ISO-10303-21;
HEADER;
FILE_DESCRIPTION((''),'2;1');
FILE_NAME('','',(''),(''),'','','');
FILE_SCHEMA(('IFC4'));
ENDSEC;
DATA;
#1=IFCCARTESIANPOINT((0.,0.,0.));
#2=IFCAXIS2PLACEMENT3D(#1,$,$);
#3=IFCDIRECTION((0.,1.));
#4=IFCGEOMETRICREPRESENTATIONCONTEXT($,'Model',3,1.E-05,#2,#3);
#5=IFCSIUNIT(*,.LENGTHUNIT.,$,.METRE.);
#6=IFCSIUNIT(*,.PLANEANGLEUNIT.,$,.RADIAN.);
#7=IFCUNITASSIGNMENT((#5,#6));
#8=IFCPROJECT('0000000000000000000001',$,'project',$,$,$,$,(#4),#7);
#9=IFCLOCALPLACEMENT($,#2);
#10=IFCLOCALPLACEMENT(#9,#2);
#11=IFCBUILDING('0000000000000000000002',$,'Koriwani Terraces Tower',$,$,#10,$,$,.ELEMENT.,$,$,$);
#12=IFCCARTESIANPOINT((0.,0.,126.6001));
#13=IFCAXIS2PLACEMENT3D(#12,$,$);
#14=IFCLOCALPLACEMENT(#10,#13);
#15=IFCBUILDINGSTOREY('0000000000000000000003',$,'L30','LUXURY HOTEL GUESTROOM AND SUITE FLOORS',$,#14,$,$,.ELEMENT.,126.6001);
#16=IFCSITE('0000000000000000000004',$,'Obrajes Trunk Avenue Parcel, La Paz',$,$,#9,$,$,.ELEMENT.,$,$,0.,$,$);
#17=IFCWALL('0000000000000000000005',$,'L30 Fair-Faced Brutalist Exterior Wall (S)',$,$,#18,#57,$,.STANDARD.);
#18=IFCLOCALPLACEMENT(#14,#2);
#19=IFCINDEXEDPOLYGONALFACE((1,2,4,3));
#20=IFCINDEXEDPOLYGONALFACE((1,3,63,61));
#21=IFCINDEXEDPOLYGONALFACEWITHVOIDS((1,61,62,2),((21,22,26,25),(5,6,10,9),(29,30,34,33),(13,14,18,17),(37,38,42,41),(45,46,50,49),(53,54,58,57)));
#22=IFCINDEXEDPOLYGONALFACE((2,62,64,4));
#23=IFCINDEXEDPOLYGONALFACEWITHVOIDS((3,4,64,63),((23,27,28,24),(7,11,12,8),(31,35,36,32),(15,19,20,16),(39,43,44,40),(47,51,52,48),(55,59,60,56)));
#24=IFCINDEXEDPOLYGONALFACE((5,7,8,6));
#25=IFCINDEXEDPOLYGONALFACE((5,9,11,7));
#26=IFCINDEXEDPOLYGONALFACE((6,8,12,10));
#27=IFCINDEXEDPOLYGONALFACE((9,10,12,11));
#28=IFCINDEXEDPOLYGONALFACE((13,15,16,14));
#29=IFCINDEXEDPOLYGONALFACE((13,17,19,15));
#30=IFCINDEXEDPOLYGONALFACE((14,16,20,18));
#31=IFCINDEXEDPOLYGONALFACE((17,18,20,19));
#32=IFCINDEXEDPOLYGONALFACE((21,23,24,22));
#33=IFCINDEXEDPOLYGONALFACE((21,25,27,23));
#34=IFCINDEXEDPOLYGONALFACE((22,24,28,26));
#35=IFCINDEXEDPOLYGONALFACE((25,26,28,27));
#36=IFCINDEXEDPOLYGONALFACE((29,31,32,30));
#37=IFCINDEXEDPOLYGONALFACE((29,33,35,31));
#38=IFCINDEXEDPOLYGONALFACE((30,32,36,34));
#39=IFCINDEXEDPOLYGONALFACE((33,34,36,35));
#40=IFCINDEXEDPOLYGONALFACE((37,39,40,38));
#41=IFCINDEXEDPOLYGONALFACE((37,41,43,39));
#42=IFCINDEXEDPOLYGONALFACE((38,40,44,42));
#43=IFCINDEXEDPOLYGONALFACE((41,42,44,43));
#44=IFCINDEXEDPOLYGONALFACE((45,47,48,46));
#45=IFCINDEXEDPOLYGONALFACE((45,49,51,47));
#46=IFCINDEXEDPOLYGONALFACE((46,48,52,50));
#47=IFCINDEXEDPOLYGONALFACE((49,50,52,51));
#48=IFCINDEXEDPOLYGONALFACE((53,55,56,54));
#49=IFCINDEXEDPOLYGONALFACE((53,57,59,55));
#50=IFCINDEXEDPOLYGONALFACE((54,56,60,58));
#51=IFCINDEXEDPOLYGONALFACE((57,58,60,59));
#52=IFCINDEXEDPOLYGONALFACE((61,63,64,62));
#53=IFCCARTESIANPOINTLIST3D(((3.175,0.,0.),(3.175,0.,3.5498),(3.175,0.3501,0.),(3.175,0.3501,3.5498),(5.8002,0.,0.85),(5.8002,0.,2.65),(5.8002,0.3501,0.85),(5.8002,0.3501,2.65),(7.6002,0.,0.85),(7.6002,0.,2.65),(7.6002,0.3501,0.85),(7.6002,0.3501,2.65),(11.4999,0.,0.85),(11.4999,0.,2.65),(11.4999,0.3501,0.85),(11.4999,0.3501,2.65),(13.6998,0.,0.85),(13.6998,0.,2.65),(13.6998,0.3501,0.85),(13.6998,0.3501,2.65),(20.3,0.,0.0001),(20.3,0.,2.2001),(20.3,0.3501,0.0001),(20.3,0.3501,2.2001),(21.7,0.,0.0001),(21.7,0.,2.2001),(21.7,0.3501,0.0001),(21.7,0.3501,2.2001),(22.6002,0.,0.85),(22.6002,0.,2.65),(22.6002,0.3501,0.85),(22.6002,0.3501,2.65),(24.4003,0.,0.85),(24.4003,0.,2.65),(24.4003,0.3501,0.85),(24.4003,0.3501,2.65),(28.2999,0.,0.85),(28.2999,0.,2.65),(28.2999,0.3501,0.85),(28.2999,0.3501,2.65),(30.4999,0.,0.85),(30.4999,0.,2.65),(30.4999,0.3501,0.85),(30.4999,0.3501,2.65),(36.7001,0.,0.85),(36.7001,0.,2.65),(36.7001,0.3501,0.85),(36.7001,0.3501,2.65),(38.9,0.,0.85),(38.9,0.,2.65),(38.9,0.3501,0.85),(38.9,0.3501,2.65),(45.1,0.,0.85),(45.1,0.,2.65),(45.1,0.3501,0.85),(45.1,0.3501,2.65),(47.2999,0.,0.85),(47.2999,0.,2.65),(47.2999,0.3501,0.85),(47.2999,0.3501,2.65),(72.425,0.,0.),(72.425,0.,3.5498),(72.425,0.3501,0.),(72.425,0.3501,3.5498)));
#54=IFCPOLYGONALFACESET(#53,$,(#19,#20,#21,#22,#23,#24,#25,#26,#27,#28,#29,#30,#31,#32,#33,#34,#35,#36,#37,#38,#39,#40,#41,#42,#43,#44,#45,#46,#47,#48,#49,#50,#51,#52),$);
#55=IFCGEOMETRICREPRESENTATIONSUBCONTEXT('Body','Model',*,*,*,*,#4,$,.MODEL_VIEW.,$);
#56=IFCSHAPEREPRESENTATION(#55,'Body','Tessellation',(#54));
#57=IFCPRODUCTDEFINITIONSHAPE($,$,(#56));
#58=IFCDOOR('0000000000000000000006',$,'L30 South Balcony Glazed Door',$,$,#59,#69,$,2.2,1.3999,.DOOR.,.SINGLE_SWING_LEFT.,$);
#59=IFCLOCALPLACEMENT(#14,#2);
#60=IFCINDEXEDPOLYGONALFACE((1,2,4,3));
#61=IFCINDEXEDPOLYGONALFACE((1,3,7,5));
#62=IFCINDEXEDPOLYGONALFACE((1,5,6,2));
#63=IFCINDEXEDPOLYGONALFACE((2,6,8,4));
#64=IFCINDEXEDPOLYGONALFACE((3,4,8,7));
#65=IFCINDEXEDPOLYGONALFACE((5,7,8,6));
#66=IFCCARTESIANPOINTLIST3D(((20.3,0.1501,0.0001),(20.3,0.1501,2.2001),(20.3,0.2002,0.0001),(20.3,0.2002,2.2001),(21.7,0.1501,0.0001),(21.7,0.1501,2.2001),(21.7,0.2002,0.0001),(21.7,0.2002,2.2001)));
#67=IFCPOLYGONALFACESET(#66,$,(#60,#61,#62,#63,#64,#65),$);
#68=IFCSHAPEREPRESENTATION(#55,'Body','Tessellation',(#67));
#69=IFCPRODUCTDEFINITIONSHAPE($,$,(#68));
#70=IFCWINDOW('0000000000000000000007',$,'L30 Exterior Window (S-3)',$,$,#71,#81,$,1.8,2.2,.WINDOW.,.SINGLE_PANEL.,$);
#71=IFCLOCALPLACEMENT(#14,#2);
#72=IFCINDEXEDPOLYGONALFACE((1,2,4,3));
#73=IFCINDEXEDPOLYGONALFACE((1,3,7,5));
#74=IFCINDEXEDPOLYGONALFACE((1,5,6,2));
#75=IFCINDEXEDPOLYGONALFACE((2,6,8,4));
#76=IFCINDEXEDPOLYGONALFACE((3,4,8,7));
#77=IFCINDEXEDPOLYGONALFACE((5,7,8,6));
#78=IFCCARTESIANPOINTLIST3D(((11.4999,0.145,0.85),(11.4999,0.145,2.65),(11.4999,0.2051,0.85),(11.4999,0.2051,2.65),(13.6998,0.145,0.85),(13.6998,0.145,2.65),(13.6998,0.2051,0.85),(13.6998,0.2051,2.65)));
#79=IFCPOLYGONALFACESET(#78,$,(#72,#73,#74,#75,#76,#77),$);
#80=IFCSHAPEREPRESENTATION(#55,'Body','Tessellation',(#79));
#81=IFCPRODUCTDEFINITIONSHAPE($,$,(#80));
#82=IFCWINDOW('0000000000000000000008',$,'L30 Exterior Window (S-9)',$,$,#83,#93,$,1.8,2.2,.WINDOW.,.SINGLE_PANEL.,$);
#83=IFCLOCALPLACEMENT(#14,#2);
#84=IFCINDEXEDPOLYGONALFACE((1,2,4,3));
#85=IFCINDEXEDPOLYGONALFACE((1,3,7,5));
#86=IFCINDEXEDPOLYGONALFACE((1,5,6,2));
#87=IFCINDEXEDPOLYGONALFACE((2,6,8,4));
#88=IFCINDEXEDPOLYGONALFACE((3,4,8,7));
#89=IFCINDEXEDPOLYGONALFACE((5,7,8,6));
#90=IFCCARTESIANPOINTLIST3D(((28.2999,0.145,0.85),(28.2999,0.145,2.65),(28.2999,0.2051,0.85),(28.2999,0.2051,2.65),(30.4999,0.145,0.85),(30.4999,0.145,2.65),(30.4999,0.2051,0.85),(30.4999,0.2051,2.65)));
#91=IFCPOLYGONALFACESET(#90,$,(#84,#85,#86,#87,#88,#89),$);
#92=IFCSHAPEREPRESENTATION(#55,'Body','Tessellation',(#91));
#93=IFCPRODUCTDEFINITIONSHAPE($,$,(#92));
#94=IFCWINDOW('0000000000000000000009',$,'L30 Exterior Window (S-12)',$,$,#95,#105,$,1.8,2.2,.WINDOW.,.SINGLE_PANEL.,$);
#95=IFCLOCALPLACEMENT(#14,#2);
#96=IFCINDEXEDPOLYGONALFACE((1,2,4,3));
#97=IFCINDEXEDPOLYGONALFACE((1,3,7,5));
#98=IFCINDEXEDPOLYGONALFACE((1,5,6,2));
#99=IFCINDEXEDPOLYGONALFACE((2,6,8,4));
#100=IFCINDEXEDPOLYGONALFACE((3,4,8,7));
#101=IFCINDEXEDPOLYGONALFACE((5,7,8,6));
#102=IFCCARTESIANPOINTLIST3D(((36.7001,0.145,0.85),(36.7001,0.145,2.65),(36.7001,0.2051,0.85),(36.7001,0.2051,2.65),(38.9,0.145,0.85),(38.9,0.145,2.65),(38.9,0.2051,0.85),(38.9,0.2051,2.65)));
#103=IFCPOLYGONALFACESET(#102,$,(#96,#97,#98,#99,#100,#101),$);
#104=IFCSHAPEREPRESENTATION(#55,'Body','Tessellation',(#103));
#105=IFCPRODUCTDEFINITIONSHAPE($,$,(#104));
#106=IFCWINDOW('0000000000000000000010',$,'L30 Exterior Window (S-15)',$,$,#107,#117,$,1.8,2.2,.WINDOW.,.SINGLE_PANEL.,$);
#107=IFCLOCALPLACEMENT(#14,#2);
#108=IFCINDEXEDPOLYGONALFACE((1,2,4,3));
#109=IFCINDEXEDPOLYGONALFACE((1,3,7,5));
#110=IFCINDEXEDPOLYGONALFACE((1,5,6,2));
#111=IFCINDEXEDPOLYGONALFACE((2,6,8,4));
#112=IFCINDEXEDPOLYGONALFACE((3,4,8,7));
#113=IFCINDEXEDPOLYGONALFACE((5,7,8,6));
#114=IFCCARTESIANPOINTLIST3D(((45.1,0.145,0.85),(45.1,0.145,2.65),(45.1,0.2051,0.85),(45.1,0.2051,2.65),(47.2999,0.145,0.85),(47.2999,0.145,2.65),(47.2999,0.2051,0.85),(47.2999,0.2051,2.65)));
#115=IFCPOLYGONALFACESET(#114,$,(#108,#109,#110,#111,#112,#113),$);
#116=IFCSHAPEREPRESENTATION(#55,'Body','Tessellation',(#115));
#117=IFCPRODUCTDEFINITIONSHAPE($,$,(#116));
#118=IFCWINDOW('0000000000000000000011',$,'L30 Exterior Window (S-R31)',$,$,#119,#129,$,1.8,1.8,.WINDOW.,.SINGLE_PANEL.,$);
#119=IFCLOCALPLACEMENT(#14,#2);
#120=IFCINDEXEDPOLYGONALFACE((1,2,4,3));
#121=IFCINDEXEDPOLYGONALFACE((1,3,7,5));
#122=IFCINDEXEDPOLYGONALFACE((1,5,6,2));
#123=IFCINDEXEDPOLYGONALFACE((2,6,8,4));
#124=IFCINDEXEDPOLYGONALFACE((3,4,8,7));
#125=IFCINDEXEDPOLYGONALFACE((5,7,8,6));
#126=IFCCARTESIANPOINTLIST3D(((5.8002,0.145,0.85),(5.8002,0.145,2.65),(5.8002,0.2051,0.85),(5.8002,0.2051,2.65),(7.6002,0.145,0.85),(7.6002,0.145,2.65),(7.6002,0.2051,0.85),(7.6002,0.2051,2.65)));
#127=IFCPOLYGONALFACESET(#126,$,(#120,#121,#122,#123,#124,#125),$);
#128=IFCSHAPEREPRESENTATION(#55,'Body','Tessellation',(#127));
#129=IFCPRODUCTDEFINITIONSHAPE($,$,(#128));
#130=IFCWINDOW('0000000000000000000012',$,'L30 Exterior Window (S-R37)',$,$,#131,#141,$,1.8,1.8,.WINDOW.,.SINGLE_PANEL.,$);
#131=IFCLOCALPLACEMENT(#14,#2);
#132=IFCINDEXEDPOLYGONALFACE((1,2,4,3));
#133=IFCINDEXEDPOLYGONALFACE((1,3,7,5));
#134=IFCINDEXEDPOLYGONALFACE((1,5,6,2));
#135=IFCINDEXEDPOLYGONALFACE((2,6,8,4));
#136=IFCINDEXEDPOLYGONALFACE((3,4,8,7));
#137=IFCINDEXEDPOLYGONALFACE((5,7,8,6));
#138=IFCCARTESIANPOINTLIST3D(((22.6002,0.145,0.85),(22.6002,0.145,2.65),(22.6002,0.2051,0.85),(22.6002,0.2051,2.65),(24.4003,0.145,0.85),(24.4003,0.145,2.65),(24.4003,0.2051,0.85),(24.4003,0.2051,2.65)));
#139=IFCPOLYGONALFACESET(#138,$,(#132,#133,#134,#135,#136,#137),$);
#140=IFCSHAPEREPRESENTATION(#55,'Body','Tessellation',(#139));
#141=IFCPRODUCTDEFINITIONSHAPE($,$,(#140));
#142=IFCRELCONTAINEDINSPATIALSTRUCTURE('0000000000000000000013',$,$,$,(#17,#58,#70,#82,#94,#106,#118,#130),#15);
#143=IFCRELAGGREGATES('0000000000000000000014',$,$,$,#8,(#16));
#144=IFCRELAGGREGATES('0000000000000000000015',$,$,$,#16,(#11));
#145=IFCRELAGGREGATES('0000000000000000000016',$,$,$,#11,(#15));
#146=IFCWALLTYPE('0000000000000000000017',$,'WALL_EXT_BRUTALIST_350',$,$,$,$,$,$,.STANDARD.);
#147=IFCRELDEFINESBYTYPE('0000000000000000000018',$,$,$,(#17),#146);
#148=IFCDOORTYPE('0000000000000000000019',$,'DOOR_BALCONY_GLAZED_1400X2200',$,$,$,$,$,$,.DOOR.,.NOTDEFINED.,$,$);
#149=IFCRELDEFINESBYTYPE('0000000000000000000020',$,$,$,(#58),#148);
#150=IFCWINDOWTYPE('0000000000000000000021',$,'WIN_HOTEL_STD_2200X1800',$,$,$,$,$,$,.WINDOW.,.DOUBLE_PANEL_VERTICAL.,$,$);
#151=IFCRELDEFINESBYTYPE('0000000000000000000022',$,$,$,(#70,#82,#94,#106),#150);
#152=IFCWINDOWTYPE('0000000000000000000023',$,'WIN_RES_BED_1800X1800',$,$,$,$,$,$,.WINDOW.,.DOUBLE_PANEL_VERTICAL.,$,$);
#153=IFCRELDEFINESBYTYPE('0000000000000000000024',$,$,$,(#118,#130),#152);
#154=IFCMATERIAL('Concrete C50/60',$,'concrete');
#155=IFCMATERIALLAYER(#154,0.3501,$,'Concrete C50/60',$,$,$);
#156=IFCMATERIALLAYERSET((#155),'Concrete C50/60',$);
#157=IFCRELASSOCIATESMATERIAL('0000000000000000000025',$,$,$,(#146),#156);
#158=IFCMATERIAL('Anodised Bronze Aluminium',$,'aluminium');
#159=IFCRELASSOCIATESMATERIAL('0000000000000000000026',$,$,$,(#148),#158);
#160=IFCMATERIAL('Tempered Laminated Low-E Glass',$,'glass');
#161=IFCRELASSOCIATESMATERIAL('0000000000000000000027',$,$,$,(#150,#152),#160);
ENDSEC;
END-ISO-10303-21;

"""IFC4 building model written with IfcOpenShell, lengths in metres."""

from ifc_helpers import new_model, si_unit, direction, frame, frame_2d, origin, place, context, subcontext, project, spatial, rectangle, extrude, material, layer, layer_set, type_object, element, fill, save


model = new_model("IFC4")

# Units and contexts
model_context = context("Model", 3, precision=1e-05, world=origin(), true_north=direction((0.0, 1.0)))
body_context = subcontext(model_context, "Body", "Model", "MODEL_VIEW")
ifc_project = project(units=[si_unit("LENGTHUNIT", "METRE"), si_unit("PLANEANGLEUNIT", "RADIAN")], contexts=[model_context])

# Site, building, storey
site_placement = place(None, origin())
site = spatial("IfcSite", under=ifc_project, at=site_placement, Name="Obrajes Trunk Avenue Parcel, La Paz", CompositionType="ELEMENT", RefElevation=0.0)
building_placement = place(site_placement, origin())
building = spatial("IfcBuilding", under=site, at=building_placement, Name="Koriwani Terraces Tower", CompositionType="ELEMENT")
storey_placement = place(building_placement, frame((0.0, 0.0, 126.6001)))
storey = spatial("IfcBuildingStorey", under=building, at=storey_placement, Name="L30", Description="LUXURY HOTEL GUESTROOM AND SUITE FLOORS", CompositionType="ELEMENT", Elevation=126.6001)

# Shared definitions
ifc_material_1 = material(Name="Concrete C50/60", Category="concrete")

# Shared definitions
ifc_layer_1 = layer(ifc_material_1, 0.3501, Name="Concrete C50/60")
ifc_layer_set_1 = layer_set([ifc_layer_1], Name="Concrete C50/60")
wall_type_1 = type_object("IfcWallType", Name="WALL_EXT_BRUTALIST_350", PredefinedType="STANDARD", material=ifc_layer_set_1)

# Wall, openings, door, windows
wall_1_placement = place(storey_placement, frame((72.425, 0.175, 0.0), z_axis=(0.0, 0.0, 1.0), x_axis=(-1.0, 0.0, 0.0)))
wall_1 = element("IfcWall", 1, at=wall_1_placement, inside=storey, type_object=wall_type_1, Name="L30 Fair-Faced Brutalist Exterior Wall (S)", PredefinedType="STANDARD", context=body_context, shape_type="SweptSolid", body=[
    extrude(rectangle(XDim=69.25, YDim=0.3501, at=frame_2d((34.625, 0.0))), origin(), (0.0, 0.0, 1.0), 3.5498),
])
opening_1_placement = place(wall_1_placement, frame((50.7251, 0.0, 0.0)))
opening_1 = element("IfcOpeningElement", 2, at=opening_1_placement, cuts=wall_1, PredefinedType="OPENING", context=body_context, shape_type="SweptSolid", body=[
    extrude(rectangle(XDim=1.3999, YDim=2.2, at=frame_2d((0.7, 1.1001))), frame((0.0, 0.1851, 0.0), z_axis=(0.0, -1.0, 0.0), x_axis=(1.0, 0.0, 0.0)), (0.0, 0.0, 1.0), 0.3701),
])
opening_2_placement = place(wall_1_placement, frame((58.7251, 0.0, 0.8501)))
opening_2 = element("IfcOpeningElement", 3, at=opening_2_placement, cuts=wall_1, PredefinedType="OPENING", context=body_context, shape_type="SweptSolid", body=[
    extrude(rectangle(XDim=2.2, YDim=1.8, at=frame_2d((1.1001, 0.8999))), frame((0.0, 0.1851, 0.0), z_axis=(0.0, -1.0, 0.0), x_axis=(1.0, 0.0, 0.0)), (0.0, 0.0, 1.0), 0.3701),
])
opening_3_placement = place(wall_1_placement, frame((41.925, 0.0, 0.8501)))
opening_3 = element("IfcOpeningElement", 4, at=opening_3_placement, cuts=wall_1, PredefinedType="OPENING", context=body_context, shape_type="SweptSolid", body=[
    extrude(rectangle(XDim=2.2, YDim=1.8, at=frame_2d((1.1001, 0.8999))), frame((0.0, 0.1851, 0.0), z_axis=(0.0, -1.0, 0.0), x_axis=(1.0, 0.0, 0.0)), (0.0, 0.0, 1.0), 0.3701),
])
opening_4_placement = place(wall_1_placement, frame((33.5249, 0.0, 0.8501)))
opening_4 = element("IfcOpeningElement", 5, at=opening_4_placement, cuts=wall_1, PredefinedType="OPENING", context=body_context, shape_type="SweptSolid", body=[
    extrude(rectangle(XDim=2.2, YDim=1.8, at=frame_2d((1.1001, 0.8999))), frame((0.0, 0.1851, 0.0), z_axis=(0.0, -1.0, 0.0), x_axis=(1.0, 0.0, 0.0)), (0.0, 0.0, 1.0), 0.3701),
])
opening_5_placement = place(wall_1_placement, frame((25.125, 0.0, 0.8501)))
opening_5 = element("IfcOpeningElement", 6, at=opening_5_placement, cuts=wall_1, PredefinedType="OPENING", context=body_context, shape_type="SweptSolid", body=[
    extrude(rectangle(XDim=2.2, YDim=1.8, at=frame_2d((1.1001, 0.8999))), frame((0.0, 0.1851, 0.0), z_axis=(0.0, -1.0, 0.0), x_axis=(1.0, 0.0, 0.0)), (0.0, 0.0, 1.0), 0.3701),
])
opening_6_placement = place(wall_1_placement, frame((64.825, 0.0, 0.8501)))
opening_6 = element("IfcOpeningElement", 7, at=opening_6_placement, cuts=wall_1, PredefinedType="OPENING", context=body_context, shape_type="SweptSolid", body=[
    extrude(rectangle(XDim=1.8, YDim=1.8, at=frame_2d((0.8999, 0.8999))), frame((0.0, 0.1851, 0.0), z_axis=(0.0, -1.0, 0.0), x_axis=(1.0, 0.0, 0.0)), (0.0, 0.0, 1.0), 0.3701),
])
opening_7_placement = place(wall_1_placement, frame((48.0249, 0.0, 0.8501)))
opening_7 = element("IfcOpeningElement", 8, at=opening_7_placement, cuts=wall_1, PredefinedType="OPENING", context=body_context, shape_type="SweptSolid", body=[
    extrude(rectangle(XDim=1.8, YDim=1.8, at=frame_2d((0.8999, 0.8999))), frame((0.0, 0.1851, 0.0), z_axis=(0.0, -1.0, 0.0), x_axis=(1.0, 0.0, 0.0)), (0.0, 0.0, 1.0), 0.3701),
])
ifc_material_2 = material(Name="Anodised Bronze Aluminium", Category="aluminium")
door_type_1 = type_object("IfcDoorType", Name="DOOR_BALCONY_GLAZED_1400X2200", OperationType="NOTDEFINED", PredefinedType="DOOR", material=ifc_material_2)
door_1_placement = place(opening_1_placement, origin())
door_1 = element("IfcDoor", 9, at=door_1_placement, inside=storey, type_object=door_type_1, Name="L30 South Balcony Glazed Door", OperationType="SINGLE_SWING_LEFT", OverallHeight=2.2, OverallWidth=1.3999, PredefinedType="DOOR", context=body_context, shape_type="SweptSolid", body=[
    extrude(rectangle(XDim=1.3999, YDim=2.2, at=frame_2d((0.7, 1.1001))), frame((0.0, 0.0249, 0.0), z_axis=(0.0, -1.0, 0.0), x_axis=(1.0, 0.0, 0.0)), (0.0, 0.0, 1.0), 0.05),
])
fill(opening_1, door_1)
ifc_material_3 = material(Name="Tempered Laminated Low-E Glass", Category="glass")
window_type_1 = type_object("IfcWindowType", Name="WIN_HOTEL_STD_2200X1800", PartitioningType="DOUBLE_PANEL_VERTICAL", PredefinedType="WINDOW", material=ifc_material_3)
window_1_placement = place(opening_2_placement, origin())
window_1 = element("IfcWindow", 10, at=window_1_placement, inside=storey, type_object=window_type_1, Name="L30 Exterior Window (S-3)", OverallHeight=1.8, OverallWidth=2.2, PartitioningType="SINGLE_PANEL", PredefinedType="WINDOW", context=body_context, shape_type="SweptSolid", body=[
    extrude(rectangle(XDim=2.2, YDim=1.8, at=frame_2d((1.1001, 0.8999))), frame((0.0, 0.03, 0.0), z_axis=(0.0, -1.0, 0.0), x_axis=(1.0, 0.0, 0.0)), (0.0, 0.0, 1.0), 0.0601),
])
fill(opening_2, window_1)
window_2_placement = place(opening_3_placement, origin())
window_2 = element("IfcWindow", 11, at=window_2_placement, inside=storey, type_object=window_type_1, Name="L30 Exterior Window (S-9)", OverallHeight=1.8, OverallWidth=2.2, PartitioningType="SINGLE_PANEL", PredefinedType="WINDOW", context=body_context, shape_type="SweptSolid", body=[
    extrude(rectangle(XDim=2.2, YDim=1.8, at=frame_2d((1.1001, 0.8999))), frame((0.0, 0.03, 0.0), z_axis=(0.0, -1.0, 0.0), x_axis=(1.0, 0.0, 0.0)), (0.0, 0.0, 1.0), 0.0601),
])
fill(opening_3, window_2)
window_3_placement = place(opening_4_placement, origin())
window_3 = element("IfcWindow", 12, at=window_3_placement, inside=storey, type_object=window_type_1, Name="L30 Exterior Window (S-12)", OverallHeight=1.8, OverallWidth=2.2, PartitioningType="SINGLE_PANEL", PredefinedType="WINDOW", context=body_context, shape_type="SweptSolid", body=[
    extrude(rectangle(XDim=2.2, YDim=1.8, at=frame_2d((1.1001, 0.8999))), frame((0.0, 0.03, 0.0), z_axis=(0.0, -1.0, 0.0), x_axis=(1.0, 0.0, 0.0)), (0.0, 0.0, 1.0), 0.0601),
])
fill(opening_4, window_3)
window_4_placement = place(opening_5_placement, origin())
window_4 = element("IfcWindow", 13, at=window_4_placement, inside=storey, type_object=window_type_1, Name="L30 Exterior Window (S-15)", OverallHeight=1.8, OverallWidth=2.2, PartitioningType="SINGLE_PANEL", PredefinedType="WINDOW", context=body_context, shape_type="SweptSolid", body=[
    extrude(rectangle(XDim=2.2, YDim=1.8, at=frame_2d((1.1001, 0.8999))), frame((0.0, 0.03, 0.0), z_axis=(0.0, -1.0, 0.0), x_axis=(1.0, 0.0, 0.0)), (0.0, 0.0, 1.0), 0.0601),
])
fill(opening_5, window_4)
window_type_2 = type_object("IfcWindowType", Name="WIN_RES_BED_1800X1800", PartitioningType="DOUBLE_PANEL_VERTICAL", PredefinedType="WINDOW", material=ifc_material_3)
window_5_placement = place(opening_6_placement, origin())
window_5 = element("IfcWindow", 14, at=window_5_placement, inside=storey, type_object=window_type_2, Name="L30 Exterior Window (S-R31)", OverallHeight=1.8, OverallWidth=1.8, PartitioningType="SINGLE_PANEL", PredefinedType="WINDOW", context=body_context, shape_type="SweptSolid", body=[
    extrude(rectangle(XDim=1.8, YDim=1.8, at=frame_2d((0.8999, 0.8999))), frame((0.0, 0.03, 0.0), z_axis=(0.0, -1.0, 0.0), x_axis=(1.0, 0.0, 0.0)), (0.0, 0.0, 1.0), 0.0601),
])
fill(opening_6, window_5)
window_6_placement = place(opening_7_placement, origin())
window_6 = element("IfcWindow", 15, at=window_6_placement, inside=storey, type_object=window_type_2, Name="L30 Exterior Window (S-R37)", OverallHeight=1.8, OverallWidth=1.8, PartitioningType="SINGLE_PANEL", PredefinedType="WINDOW", context=body_context, shape_type="SweptSolid", body=[
    extrude(rectangle(XDim=1.8, YDim=1.8, at=frame_2d((0.8999, 0.8999))), frame((0.0, 0.03, 0.0), z_axis=(0.0, -1.0, 0.0), x_axis=(1.0, 0.0, 0.0)), (0.0, 0.0, 1.0), 0.0601),
])
fill(opening_7, window_6)

save(model, "model.ifc")
